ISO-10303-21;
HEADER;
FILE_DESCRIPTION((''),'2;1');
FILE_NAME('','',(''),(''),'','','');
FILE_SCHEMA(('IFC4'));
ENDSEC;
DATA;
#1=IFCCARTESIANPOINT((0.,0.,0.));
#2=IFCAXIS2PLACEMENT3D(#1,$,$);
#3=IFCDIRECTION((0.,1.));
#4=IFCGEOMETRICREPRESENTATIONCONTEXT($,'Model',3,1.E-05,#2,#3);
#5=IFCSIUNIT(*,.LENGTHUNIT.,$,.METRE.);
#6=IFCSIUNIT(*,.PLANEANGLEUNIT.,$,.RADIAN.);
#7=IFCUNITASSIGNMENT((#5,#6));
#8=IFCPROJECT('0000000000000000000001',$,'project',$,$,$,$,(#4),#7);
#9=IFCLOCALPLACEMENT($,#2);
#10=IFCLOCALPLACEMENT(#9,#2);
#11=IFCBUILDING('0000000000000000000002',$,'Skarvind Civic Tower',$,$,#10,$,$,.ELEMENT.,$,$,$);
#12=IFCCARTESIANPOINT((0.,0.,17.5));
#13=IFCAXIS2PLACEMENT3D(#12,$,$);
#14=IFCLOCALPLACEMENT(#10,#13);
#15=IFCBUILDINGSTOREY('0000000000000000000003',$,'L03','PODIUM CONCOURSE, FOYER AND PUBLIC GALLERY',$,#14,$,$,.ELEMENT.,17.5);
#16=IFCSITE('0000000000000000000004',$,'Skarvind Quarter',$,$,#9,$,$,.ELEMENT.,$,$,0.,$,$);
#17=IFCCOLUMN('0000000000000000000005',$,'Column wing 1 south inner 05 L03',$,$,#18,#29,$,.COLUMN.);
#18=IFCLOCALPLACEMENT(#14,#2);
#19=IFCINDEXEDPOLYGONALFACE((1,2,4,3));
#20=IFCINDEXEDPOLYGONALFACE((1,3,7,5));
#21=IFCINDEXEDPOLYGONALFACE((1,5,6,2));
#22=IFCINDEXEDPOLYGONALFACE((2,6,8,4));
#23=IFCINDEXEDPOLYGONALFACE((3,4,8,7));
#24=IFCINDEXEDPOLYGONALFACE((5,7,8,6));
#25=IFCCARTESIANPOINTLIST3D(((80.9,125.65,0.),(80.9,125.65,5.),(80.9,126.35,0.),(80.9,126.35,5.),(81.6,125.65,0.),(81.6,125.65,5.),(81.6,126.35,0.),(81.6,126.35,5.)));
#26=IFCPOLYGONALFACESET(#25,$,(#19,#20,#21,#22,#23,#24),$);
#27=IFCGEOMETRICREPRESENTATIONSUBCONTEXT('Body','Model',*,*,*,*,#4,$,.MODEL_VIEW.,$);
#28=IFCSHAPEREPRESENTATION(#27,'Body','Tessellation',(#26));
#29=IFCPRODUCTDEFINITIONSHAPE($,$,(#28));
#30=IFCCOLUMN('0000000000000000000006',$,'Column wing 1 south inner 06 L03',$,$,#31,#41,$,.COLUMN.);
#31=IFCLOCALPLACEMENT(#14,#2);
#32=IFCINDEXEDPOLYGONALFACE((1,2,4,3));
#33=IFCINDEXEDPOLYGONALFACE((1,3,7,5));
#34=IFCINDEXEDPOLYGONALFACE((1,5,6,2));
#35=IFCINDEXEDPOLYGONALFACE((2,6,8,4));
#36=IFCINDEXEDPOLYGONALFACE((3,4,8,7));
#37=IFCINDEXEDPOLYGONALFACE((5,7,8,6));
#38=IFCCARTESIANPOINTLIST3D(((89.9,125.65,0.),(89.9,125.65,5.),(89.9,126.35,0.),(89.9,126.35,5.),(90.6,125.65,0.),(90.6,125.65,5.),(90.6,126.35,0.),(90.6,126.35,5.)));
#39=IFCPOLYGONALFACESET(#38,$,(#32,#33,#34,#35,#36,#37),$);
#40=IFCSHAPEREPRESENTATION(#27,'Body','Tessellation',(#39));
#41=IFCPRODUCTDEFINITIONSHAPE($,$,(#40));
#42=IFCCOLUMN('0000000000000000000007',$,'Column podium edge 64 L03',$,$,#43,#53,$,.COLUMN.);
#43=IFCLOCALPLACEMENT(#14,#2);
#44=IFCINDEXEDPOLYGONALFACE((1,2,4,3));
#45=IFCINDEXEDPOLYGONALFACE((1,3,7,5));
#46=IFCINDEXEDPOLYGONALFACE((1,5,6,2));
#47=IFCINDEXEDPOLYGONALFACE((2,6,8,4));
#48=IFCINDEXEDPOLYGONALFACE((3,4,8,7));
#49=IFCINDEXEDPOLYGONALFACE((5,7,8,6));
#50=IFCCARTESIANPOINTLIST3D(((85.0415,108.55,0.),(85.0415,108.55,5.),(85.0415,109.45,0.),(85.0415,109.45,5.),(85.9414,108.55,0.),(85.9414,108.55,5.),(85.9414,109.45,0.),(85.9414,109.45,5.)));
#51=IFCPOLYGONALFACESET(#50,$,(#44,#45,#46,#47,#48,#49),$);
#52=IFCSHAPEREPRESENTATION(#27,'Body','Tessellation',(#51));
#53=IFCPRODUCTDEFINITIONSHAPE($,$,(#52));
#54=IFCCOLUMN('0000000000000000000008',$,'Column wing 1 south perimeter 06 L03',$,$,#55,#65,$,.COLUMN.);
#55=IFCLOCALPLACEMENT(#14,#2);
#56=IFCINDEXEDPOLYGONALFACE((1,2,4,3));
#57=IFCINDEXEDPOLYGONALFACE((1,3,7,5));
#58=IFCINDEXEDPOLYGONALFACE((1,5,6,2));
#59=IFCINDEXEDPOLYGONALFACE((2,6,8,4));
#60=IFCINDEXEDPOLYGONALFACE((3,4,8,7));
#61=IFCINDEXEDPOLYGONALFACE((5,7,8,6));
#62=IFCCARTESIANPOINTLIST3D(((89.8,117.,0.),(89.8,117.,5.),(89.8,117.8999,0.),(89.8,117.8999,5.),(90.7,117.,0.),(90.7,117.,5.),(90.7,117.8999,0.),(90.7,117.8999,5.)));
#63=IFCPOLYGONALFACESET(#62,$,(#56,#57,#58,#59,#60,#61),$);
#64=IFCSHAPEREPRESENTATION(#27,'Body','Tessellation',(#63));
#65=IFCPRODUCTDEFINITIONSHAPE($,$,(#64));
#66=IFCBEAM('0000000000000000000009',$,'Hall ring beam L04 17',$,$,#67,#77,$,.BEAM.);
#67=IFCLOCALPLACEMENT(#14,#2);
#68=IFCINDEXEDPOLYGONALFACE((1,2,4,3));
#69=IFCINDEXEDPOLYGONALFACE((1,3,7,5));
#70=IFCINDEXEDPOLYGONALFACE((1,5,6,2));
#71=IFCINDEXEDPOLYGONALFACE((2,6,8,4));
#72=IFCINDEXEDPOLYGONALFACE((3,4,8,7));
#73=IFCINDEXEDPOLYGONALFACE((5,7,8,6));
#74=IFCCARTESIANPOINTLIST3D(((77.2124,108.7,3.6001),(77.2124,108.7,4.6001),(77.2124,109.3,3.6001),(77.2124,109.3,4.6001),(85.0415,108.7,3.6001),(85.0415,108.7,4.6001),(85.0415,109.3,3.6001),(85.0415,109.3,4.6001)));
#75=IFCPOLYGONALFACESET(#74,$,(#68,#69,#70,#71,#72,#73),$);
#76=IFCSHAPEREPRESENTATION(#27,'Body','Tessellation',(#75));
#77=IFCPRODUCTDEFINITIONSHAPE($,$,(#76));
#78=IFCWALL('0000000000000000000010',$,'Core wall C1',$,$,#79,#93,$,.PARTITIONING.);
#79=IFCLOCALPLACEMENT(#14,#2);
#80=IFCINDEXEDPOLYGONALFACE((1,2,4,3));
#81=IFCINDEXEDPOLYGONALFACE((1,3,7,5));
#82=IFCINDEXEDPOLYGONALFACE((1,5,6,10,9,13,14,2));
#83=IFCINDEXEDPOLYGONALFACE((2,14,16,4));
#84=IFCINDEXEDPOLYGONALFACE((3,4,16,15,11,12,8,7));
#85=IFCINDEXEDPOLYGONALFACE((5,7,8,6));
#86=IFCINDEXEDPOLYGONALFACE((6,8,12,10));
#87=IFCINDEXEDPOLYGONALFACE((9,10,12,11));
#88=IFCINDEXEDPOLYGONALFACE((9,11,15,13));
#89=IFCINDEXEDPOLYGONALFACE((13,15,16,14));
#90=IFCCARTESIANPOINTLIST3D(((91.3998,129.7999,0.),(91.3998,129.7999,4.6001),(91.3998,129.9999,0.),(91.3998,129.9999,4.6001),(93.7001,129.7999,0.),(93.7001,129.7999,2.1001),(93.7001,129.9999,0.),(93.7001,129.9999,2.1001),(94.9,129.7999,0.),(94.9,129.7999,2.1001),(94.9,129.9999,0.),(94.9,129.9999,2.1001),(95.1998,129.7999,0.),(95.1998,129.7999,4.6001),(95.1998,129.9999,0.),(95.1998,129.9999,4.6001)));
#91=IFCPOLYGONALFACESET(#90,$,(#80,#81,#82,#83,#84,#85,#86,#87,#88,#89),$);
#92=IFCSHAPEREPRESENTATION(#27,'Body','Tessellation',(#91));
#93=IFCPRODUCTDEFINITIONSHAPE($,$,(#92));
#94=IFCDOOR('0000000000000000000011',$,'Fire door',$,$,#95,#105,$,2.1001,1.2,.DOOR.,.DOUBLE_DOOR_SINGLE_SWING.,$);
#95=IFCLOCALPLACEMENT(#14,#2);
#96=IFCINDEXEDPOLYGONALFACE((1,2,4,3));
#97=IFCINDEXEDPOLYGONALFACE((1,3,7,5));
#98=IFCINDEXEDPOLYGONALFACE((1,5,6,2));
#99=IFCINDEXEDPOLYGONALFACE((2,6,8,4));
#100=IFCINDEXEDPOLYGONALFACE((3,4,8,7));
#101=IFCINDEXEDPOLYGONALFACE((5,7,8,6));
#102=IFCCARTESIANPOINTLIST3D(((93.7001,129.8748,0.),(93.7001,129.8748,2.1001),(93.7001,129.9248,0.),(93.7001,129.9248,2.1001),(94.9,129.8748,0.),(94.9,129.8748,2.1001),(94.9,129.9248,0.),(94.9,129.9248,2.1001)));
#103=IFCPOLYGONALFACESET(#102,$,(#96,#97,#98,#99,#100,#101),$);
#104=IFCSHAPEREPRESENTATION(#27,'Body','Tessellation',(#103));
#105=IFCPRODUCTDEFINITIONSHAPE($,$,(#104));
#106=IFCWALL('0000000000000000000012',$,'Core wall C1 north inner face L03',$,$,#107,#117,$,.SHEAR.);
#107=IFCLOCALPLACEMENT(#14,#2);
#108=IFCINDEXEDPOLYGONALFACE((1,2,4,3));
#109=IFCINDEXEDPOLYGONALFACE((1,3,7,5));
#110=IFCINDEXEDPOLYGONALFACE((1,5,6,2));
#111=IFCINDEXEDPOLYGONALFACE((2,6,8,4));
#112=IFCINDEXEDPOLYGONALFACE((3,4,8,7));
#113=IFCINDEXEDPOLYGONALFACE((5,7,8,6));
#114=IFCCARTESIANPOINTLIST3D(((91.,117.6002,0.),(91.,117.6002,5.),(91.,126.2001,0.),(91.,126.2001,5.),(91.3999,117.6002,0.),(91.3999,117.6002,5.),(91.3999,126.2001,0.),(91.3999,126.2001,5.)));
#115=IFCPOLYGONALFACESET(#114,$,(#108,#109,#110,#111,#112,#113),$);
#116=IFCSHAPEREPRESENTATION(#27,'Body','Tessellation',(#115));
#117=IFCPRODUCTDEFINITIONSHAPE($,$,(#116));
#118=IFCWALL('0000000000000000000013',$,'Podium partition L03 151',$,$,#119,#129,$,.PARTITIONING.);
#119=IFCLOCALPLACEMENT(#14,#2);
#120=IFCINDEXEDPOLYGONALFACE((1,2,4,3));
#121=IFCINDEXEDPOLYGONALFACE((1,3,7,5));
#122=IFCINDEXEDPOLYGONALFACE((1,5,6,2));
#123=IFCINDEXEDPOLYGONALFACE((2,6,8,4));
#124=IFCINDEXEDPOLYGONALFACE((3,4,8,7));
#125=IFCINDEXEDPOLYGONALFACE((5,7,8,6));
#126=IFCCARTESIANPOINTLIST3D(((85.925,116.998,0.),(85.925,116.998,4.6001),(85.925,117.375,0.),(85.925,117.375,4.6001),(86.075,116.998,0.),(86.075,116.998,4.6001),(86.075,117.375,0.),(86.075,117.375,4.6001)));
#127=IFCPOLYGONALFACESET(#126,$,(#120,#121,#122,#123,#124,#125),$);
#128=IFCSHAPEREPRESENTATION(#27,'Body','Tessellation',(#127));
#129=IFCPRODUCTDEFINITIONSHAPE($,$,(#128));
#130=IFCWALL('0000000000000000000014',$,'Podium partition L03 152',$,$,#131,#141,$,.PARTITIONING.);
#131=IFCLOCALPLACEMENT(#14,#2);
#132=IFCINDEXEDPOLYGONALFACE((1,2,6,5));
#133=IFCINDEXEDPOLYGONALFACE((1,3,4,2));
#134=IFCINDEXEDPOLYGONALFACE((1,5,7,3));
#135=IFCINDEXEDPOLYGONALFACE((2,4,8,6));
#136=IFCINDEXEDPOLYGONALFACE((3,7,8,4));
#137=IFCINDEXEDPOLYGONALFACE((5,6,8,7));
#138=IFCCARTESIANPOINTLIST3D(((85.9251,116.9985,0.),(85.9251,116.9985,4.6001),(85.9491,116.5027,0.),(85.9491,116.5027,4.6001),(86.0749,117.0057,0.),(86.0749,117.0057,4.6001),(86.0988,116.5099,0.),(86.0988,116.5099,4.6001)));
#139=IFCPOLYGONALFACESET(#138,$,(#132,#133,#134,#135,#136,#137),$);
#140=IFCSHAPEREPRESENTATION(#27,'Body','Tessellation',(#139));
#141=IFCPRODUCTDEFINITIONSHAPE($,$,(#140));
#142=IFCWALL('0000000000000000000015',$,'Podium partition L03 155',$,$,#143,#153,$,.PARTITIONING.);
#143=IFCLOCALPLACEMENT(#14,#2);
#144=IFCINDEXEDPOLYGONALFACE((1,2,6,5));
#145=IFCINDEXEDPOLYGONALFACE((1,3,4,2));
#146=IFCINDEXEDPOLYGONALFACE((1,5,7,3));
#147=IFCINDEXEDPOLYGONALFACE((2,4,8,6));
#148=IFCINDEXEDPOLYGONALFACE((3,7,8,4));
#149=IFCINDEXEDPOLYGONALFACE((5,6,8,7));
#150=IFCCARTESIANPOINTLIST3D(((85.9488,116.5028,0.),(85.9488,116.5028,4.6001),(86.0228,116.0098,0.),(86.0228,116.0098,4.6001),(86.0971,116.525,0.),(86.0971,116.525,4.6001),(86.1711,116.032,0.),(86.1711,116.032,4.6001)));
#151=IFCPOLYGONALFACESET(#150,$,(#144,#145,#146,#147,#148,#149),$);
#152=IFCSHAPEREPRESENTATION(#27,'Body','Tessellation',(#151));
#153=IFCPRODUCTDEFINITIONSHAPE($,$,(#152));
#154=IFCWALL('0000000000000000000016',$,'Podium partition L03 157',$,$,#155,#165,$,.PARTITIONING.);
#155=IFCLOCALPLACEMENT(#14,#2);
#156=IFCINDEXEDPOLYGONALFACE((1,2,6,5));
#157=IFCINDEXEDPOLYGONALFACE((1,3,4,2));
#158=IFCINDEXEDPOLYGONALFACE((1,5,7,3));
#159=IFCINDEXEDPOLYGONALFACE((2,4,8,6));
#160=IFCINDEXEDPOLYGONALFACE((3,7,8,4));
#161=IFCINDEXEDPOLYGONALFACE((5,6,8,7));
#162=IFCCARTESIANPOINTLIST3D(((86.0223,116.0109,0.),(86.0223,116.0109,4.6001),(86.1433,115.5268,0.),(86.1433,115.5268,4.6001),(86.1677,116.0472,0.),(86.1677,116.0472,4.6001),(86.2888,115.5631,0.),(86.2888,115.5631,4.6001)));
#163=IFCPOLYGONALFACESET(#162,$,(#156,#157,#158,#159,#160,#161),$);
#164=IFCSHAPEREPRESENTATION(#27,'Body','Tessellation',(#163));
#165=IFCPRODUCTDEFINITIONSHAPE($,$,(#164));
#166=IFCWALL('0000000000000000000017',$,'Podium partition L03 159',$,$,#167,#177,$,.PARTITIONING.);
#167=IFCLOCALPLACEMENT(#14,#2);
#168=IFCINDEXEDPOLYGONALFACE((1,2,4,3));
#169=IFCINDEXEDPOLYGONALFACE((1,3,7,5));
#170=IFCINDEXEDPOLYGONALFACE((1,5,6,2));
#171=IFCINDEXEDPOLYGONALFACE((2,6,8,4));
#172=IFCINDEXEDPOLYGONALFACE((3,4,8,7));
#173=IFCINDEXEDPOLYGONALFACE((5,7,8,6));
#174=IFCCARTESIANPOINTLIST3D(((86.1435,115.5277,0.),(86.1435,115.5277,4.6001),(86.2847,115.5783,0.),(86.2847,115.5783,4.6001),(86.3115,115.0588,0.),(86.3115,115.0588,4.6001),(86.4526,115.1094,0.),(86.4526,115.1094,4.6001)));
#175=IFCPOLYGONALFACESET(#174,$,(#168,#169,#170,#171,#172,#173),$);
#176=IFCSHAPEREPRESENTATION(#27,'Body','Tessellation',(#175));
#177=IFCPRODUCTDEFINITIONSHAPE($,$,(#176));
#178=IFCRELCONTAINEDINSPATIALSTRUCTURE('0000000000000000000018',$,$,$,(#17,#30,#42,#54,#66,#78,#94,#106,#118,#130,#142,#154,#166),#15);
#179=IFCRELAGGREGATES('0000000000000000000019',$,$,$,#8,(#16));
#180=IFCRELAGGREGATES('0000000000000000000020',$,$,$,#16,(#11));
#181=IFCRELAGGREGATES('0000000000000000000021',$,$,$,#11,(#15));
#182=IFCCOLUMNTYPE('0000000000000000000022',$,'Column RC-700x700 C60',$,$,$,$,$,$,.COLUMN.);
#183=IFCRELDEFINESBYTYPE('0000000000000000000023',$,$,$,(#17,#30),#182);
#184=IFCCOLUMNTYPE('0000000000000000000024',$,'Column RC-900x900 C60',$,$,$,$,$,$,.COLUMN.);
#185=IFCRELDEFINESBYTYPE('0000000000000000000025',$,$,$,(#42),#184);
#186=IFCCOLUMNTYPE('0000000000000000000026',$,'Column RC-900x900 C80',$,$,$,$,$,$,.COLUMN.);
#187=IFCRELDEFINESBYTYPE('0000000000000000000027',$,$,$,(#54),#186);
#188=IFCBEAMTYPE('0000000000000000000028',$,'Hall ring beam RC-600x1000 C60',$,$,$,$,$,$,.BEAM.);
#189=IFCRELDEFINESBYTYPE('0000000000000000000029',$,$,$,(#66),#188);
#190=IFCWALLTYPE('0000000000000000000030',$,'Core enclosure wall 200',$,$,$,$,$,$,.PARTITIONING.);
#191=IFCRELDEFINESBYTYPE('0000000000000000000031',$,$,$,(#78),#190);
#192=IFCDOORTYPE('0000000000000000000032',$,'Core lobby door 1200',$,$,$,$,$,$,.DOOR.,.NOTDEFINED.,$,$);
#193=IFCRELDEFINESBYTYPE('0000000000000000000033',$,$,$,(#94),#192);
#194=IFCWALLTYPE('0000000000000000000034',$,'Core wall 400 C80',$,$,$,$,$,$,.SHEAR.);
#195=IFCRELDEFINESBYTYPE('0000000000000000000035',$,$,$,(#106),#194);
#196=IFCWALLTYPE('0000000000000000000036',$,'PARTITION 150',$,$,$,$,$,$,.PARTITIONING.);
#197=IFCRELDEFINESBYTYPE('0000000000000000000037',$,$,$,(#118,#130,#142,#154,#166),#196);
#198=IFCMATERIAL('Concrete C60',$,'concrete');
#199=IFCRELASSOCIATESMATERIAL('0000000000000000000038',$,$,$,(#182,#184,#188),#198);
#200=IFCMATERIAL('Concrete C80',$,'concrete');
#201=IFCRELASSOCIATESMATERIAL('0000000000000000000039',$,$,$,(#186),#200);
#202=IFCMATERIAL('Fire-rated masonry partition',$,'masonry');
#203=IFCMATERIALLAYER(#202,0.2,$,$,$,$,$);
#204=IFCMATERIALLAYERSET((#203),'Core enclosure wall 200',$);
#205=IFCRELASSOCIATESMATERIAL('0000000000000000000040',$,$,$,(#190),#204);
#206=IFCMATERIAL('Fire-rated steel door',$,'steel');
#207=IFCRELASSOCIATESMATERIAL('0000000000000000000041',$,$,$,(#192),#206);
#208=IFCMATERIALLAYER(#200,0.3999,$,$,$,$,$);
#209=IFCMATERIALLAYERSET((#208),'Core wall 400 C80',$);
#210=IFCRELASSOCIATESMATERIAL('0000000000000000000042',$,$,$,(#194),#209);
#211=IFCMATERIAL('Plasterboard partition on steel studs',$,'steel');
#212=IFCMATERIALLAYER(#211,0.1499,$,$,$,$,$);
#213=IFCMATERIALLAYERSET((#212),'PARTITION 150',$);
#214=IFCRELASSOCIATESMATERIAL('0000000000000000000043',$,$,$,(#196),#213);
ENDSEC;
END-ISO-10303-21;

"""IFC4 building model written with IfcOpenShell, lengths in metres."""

from ifc_helpers import new_model, si_unit, direction, frame, frame_2d, origin, origin_2d, place, context, subcontext, project, spatial, rectangle, extrude, material, layer, layer_set, material_profile, profile_set, type_object, element, fill, save


model = new_model("IFC4")

# Units and contexts
model_context = context("Model", 3, precision=1e-05, world=origin(), true_north=direction((0.0, 1.0)))
body_context = subcontext(model_context, "Body", "Model", "MODEL_VIEW")
ifc_project = project(units=[si_unit("LENGTHUNIT", "METRE"), si_unit("PLANEANGLEUNIT", "RADIAN")], contexts=[model_context])

# Site, building, storey
site_placement = place(None, origin())
site = spatial("IfcSite", under=ifc_project, at=site_placement, Name="Skarvind Quarter", CompositionType="ELEMENT", RefElevation=0.0)
building_placement = place(site_placement, origin())
building = spatial("IfcBuilding", under=site, at=building_placement, Name="Skarvind Civic Tower", CompositionType="ELEMENT")
storey_placement = place(building_placement, frame((0.0, 0.0, 17.5)))
storey = spatial("IfcBuildingStorey", under=building, at=storey_placement, Name="L03", Description="PODIUM CONCOURSE, FOYER AND PUBLIC GALLERY", CompositionType="ELEMENT", Elevation=17.5)

# Columns
ifc_material_1 = material(Name="Concrete C60", Category="concrete")
ifc_material_profile_1 = material_profile(ifc_material_1, rectangle(XDim=0.7, YDim=0.7, at=origin_2d()), Name="RC-700x700")
ifc_profile_set_1 = profile_set([ifc_material_profile_1], Name="Concrete C60")
column_type_1 = type_object("IfcColumnType", Name="Column RC-700x700 C60", PredefinedType="COLUMN", material=ifc_profile_set_1)
for number, where, z_axis, x_axis, name in (
    (1, (81.25, 126.0, 0.0), (0.0, 0.0, 1.0), (1.0, 0.0, 0.0), "Column wing 1 south inner 05 L03"),
    (2, (90.25, 126.0, 0.0), (0.0, 0.0, 1.0), (1.0, 0.0, 0.0), "Column wing 1 south inner 06 L03"),
):
    element("IfcColumn", number, at=place(storey_placement, frame(where, z_axis=z_axis, x_axis=x_axis)), inside=storey, type_object=column_type_1, Name=name, PredefinedType="COLUMN", context=body_context, shape_type="SweptSolid", body=[
        extrude(rectangle(XDim=0.7, YDim=0.7, at=origin_2d()), origin(), (0.0, 0.0, 1.0), 5.0),
    ])
ifc_material_profile_2 = material_profile(ifc_material_1, rectangle(XDim=0.8999, YDim=0.8999, at=origin_2d()), Name="RC-900x900")
ifc_profile_set_2 = profile_set([ifc_material_profile_2], Name="Concrete C60")
column_type_2 = type_object("IfcColumnType", Name="Column RC-900x900 C60", PredefinedType="COLUMN", material=ifc_profile_set_2)
column_1_placement = place(storey_placement, frame((85.4915, 109.0, 0.0), z_axis=(0.0, 0.0, 1.0), x_axis=(1.0, 0.0, 0.0)))
element("IfcColumn", 3, at=column_1_placement, inside=storey, type_object=column_type_2, Name="Column podium edge 64 L03", PredefinedType="COLUMN", context=body_context, shape_type="SweptSolid", body=[
    extrude(rectangle(XDim=0.8999, YDim=0.8999, at=origin_2d()), origin(), (0.0, 0.0, 1.0), 5.0),
])
ifc_material_2 = material(Name="Concrete C80", Category="concrete")
ifc_material_profile_3 = material_profile(ifc_material_2, rectangle(XDim=0.8999, YDim=0.8999, at=origin_2d()), Name="RC-900x900")
ifc_profile_set_3 = profile_set([ifc_material_profile_3], Name="Concrete C80")
column_type_3 = type_object("IfcColumnType", Name="Column RC-900x900 C80", PredefinedType="COLUMN", material=ifc_profile_set_3)
column_2_placement = place(storey_placement, frame((90.25, 117.45, 0.0), z_axis=(0.0, 0.0, 1.0), x_axis=(1.0, 0.0, 0.0)))
element("IfcColumn", 4, at=column_2_placement, inside=storey, type_object=column_type_3, Name="Column wing 1 south perimeter 06 L03", PredefinedType="COLUMN", context=body_context, shape_type="SweptSolid", body=[
    extrude(rectangle(XDim=0.8999, YDim=0.8999, at=origin_2d()), origin(), (0.0, 0.0, 1.0), 5.0),
])

# Beam
ifc_material_profile_4 = material_profile(ifc_material_1, rectangle(XDim=0.6001, YDim=1.0, at=origin_2d()), Name="RC-600x1000")
ifc_profile_set_4 = profile_set([ifc_material_profile_4], Name="Concrete C60")
beam_type = type_object("IfcBeamType", Name="Hall ring beam RC-600x1000 C60", PredefinedType="BEAM", material=ifc_profile_set_4)
beam_placement = place(storey_placement, frame((85.0415, 109.0, 4.1001), z_axis=(-1.0, 0.0, 0.0), x_axis=(0.0, -1.0, 0.0)))
element("IfcBeam", 5, at=beam_placement, inside=storey, type_object=beam_type, Name="Hall ring beam L04 17", PredefinedType="BEAM", context=body_context, shape_type="SweptSolid", body=[
    extrude(rectangle(XDim=0.6001, YDim=1.0, at=origin_2d()), origin(), (0.0, 0.0, 1.0), 7.8291),
])

# Wall, opening, door
ifc_material_3 = material(Name="Fire-rated masonry partition", Category="masonry")
ifc_layer_1 = layer(ifc_material_3, 0.2)
ifc_layer_set_1 = layer_set([ifc_layer_1], Name="Core enclosure wall 200")
wall_type_1 = type_object("IfcWallType", Name="Core enclosure wall 200", PredefinedType="PARTITIONING", material=ifc_layer_set_1)
wall_1_placement = place(storey_placement, frame((91.3999, 129.8999, 0.0), z_axis=(0.0, 0.0, 1.0), x_axis=(1.0, 0.0, 0.0)))
wall_1 = element("IfcWall", 6, at=wall_1_placement, inside=storey, type_object=wall_type_1, Name="Core wall C1", PredefinedType="PARTITIONING", context=body_context, shape_type="SweptSolid", body=[
    extrude(rectangle(XDim=3.8, YDim=0.2, at=frame_2d((1.8999, 0.0))), origin(), (0.0, 0.0, 1.0), 4.6001),
])
opening_placement = place(wall_1_placement, frame((2.3, 0.0, 0.0)))
opening = element("IfcOpeningElement", 7, at=opening_placement, cuts=wall_1, PredefinedType="OPENING", context=body_context, shape_type="SweptSolid", body=[
    extrude(rectangle(XDim=1.2, YDim=2.1001, at=frame_2d((0.6001, 1.05))), frame((0.0, 0.1099, 0.0), z_axis=(0.0, -1.0, 0.0), x_axis=(1.0, 0.0, 0.0)), (0.0, 0.0, 1.0), 0.22),
])
ifc_material_4 = material(Name="Fire-rated steel door", Category="steel")
door_type = type_object("IfcDoorType", Name="Core lobby door 1200", OperationType="NOTDEFINED", PredefinedType="DOOR", material=ifc_material_4)
door_placement = place(opening_placement, origin())
door = element("IfcDoor", 8, at=door_placement, inside=storey, type_object=door_type, Name="Fire door", OperationType="DOUBLE_DOOR_SINGLE_SWING", OverallHeight=2.1001, OverallWidth=1.2, PredefinedType="DOOR", context=body_context, shape_type="SweptSolid", body=[
    extrude(rectangle(XDim=1.2, YDim=2.1001, at=frame_2d((0.6001, 1.05))), frame((0.0, 0.0249, 0.0), z_axis=(0.0, -1.0, 0.0), x_axis=(1.0, 0.0, 0.0)), (0.0, 0.0, 1.0), 0.05),
])
fill(opening, door)

# Walls
ifc_layer_2 = layer(ifc_material_2, 0.3999)
ifc_layer_set_2 = layer_set([ifc_layer_2], Name="Core wall 400 C80")
wall_type_2 = type_object("IfcWallType", Name="Core wall 400 C80", PredefinedType="SHEAR", material=ifc_layer_set_2)
wall_2_placement = place(storey_placement, frame((91.2, 126.2, 0.0), z_axis=(0.0, 0.0, 1.0), x_axis=(0.0, -1.0, 0.0)))
element("IfcWall", 9, at=wall_2_placement, inside=storey, type_object=wall_type_2, Name="Core wall C1 north inner face L03", PredefinedType="SHEAR", context=body_context, shape_type="SweptSolid", body=[
    extrude(rectangle(XDim=8.5999, YDim=0.3999, at=frame_2d((4.2998, 0.0))), origin(), (0.0, 0.0, 1.0), 5.0),
])
ifc_material_5 = material(Name="Plasterboard partition on steel studs", Category="steel")
ifc_layer_3 = layer(ifc_material_5, 0.1499)
ifc_layer_set_3 = layer_set([ifc_layer_3], Name="PARTITION 150")
wall_type_3 = type_object("IfcWallType", Name="PARTITION 150", PredefinedType="PARTITIONING", material=ifc_layer_set_3)
wall_3_placement = place(storey_placement, frame((86.0, 116.998, 0.0), z_axis=(0.0, 0.0, 1.0), x_axis=(0.0, 1.0, 0.0)))
element("IfcWall", 10, at=wall_3_placement, inside=storey, type_object=wall_type_3, Name="Podium partition L03 151", PredefinedType="PARTITIONING", context=body_context, shape_type="SweptSolid", body=[
    extrude(rectangle(XDim=0.377, YDim=0.1499, at=frame_2d((0.1885, 0.0))), origin(), (0.0, 0.0, 1.0), 4.6001),
])
wall_4_placement = place(storey_placement, frame((86.0, 117.002, 0.0), z_axis=(0.0, 0.0, 1.0), x_axis=(0.048196, -0.998838, 0.0)))
element("IfcWall", 11, at=wall_4_placement, inside=storey, type_object=wall_type_3, Name="Podium partition L03 152", PredefinedType="PARTITIONING", context=body_context, shape_type="SweptSolid", body=[
    extrude(rectangle(XDim=0.4963, YDim=0.1499, at=frame_2d((0.248, 0.0))), origin(), (0.0, 0.0, 1.0), 4.6001),
])
wall_5_placement = place(storey_placement, frame((86.0229, 116.5139, 0.0), z_axis=(0.0, 0.0, 1.0), x_axis=(0.148412, -0.988926, 0.0)))
element("IfcWall", 12, at=wall_5_placement, inside=storey, type_object=wall_type_3, Name="Podium partition L03 155", PredefinedType="PARTITIONING", context=body_context, shape_type="SweptSolid", body=[
    extrude(rectangle(XDim=0.4985, YDim=0.1499, at=frame_2d((0.2493, 0.0))), origin(), (0.0, 0.0, 1.0), 4.6001),
])
wall_6_placement = place(storey_placement, frame((86.095, 116.0291, 0.0), z_axis=(0.0, 0.0, 1.0), x_axis=(0.242651, -0.970114, 0.0)))
element("IfcWall", 13, at=wall_6_placement, inside=storey, type_object=wall_type_3, Name="Podium partition L03 157", PredefinedType="PARTITIONING", context=body_context, shape_type="SweptSolid", body=[
    extrude(rectangle(XDim=0.499, YDim=0.1499, at=frame_2d((0.2495, 0.0))), origin(), (0.0, 0.0, 1.0), 4.6001),
])
for number, where, z_axis, x_axis, name in (
    (14, (86.2141, 115.553, 0.0), (0.0, 0.0, 1.0), (0.337174, -0.941442, 0.0), "Podium partition L03 159"),
):
    element("IfcWall", number, at=place(storey_placement, frame(where, z_axis=z_axis, x_axis=x_axis)), inside=storey, type_object=wall_type_3, Name=name, PredefinedType="PARTITIONING", context=body_context, shape_type="SweptSolid", body=[
        extrude(rectangle(XDim=0.498, YDim=0.1499, at=frame_2d((0.249, 0.0))), origin(), (0.0, 0.0, 1.0), 4.6001),
    ])

save(model, "model.ifc")
